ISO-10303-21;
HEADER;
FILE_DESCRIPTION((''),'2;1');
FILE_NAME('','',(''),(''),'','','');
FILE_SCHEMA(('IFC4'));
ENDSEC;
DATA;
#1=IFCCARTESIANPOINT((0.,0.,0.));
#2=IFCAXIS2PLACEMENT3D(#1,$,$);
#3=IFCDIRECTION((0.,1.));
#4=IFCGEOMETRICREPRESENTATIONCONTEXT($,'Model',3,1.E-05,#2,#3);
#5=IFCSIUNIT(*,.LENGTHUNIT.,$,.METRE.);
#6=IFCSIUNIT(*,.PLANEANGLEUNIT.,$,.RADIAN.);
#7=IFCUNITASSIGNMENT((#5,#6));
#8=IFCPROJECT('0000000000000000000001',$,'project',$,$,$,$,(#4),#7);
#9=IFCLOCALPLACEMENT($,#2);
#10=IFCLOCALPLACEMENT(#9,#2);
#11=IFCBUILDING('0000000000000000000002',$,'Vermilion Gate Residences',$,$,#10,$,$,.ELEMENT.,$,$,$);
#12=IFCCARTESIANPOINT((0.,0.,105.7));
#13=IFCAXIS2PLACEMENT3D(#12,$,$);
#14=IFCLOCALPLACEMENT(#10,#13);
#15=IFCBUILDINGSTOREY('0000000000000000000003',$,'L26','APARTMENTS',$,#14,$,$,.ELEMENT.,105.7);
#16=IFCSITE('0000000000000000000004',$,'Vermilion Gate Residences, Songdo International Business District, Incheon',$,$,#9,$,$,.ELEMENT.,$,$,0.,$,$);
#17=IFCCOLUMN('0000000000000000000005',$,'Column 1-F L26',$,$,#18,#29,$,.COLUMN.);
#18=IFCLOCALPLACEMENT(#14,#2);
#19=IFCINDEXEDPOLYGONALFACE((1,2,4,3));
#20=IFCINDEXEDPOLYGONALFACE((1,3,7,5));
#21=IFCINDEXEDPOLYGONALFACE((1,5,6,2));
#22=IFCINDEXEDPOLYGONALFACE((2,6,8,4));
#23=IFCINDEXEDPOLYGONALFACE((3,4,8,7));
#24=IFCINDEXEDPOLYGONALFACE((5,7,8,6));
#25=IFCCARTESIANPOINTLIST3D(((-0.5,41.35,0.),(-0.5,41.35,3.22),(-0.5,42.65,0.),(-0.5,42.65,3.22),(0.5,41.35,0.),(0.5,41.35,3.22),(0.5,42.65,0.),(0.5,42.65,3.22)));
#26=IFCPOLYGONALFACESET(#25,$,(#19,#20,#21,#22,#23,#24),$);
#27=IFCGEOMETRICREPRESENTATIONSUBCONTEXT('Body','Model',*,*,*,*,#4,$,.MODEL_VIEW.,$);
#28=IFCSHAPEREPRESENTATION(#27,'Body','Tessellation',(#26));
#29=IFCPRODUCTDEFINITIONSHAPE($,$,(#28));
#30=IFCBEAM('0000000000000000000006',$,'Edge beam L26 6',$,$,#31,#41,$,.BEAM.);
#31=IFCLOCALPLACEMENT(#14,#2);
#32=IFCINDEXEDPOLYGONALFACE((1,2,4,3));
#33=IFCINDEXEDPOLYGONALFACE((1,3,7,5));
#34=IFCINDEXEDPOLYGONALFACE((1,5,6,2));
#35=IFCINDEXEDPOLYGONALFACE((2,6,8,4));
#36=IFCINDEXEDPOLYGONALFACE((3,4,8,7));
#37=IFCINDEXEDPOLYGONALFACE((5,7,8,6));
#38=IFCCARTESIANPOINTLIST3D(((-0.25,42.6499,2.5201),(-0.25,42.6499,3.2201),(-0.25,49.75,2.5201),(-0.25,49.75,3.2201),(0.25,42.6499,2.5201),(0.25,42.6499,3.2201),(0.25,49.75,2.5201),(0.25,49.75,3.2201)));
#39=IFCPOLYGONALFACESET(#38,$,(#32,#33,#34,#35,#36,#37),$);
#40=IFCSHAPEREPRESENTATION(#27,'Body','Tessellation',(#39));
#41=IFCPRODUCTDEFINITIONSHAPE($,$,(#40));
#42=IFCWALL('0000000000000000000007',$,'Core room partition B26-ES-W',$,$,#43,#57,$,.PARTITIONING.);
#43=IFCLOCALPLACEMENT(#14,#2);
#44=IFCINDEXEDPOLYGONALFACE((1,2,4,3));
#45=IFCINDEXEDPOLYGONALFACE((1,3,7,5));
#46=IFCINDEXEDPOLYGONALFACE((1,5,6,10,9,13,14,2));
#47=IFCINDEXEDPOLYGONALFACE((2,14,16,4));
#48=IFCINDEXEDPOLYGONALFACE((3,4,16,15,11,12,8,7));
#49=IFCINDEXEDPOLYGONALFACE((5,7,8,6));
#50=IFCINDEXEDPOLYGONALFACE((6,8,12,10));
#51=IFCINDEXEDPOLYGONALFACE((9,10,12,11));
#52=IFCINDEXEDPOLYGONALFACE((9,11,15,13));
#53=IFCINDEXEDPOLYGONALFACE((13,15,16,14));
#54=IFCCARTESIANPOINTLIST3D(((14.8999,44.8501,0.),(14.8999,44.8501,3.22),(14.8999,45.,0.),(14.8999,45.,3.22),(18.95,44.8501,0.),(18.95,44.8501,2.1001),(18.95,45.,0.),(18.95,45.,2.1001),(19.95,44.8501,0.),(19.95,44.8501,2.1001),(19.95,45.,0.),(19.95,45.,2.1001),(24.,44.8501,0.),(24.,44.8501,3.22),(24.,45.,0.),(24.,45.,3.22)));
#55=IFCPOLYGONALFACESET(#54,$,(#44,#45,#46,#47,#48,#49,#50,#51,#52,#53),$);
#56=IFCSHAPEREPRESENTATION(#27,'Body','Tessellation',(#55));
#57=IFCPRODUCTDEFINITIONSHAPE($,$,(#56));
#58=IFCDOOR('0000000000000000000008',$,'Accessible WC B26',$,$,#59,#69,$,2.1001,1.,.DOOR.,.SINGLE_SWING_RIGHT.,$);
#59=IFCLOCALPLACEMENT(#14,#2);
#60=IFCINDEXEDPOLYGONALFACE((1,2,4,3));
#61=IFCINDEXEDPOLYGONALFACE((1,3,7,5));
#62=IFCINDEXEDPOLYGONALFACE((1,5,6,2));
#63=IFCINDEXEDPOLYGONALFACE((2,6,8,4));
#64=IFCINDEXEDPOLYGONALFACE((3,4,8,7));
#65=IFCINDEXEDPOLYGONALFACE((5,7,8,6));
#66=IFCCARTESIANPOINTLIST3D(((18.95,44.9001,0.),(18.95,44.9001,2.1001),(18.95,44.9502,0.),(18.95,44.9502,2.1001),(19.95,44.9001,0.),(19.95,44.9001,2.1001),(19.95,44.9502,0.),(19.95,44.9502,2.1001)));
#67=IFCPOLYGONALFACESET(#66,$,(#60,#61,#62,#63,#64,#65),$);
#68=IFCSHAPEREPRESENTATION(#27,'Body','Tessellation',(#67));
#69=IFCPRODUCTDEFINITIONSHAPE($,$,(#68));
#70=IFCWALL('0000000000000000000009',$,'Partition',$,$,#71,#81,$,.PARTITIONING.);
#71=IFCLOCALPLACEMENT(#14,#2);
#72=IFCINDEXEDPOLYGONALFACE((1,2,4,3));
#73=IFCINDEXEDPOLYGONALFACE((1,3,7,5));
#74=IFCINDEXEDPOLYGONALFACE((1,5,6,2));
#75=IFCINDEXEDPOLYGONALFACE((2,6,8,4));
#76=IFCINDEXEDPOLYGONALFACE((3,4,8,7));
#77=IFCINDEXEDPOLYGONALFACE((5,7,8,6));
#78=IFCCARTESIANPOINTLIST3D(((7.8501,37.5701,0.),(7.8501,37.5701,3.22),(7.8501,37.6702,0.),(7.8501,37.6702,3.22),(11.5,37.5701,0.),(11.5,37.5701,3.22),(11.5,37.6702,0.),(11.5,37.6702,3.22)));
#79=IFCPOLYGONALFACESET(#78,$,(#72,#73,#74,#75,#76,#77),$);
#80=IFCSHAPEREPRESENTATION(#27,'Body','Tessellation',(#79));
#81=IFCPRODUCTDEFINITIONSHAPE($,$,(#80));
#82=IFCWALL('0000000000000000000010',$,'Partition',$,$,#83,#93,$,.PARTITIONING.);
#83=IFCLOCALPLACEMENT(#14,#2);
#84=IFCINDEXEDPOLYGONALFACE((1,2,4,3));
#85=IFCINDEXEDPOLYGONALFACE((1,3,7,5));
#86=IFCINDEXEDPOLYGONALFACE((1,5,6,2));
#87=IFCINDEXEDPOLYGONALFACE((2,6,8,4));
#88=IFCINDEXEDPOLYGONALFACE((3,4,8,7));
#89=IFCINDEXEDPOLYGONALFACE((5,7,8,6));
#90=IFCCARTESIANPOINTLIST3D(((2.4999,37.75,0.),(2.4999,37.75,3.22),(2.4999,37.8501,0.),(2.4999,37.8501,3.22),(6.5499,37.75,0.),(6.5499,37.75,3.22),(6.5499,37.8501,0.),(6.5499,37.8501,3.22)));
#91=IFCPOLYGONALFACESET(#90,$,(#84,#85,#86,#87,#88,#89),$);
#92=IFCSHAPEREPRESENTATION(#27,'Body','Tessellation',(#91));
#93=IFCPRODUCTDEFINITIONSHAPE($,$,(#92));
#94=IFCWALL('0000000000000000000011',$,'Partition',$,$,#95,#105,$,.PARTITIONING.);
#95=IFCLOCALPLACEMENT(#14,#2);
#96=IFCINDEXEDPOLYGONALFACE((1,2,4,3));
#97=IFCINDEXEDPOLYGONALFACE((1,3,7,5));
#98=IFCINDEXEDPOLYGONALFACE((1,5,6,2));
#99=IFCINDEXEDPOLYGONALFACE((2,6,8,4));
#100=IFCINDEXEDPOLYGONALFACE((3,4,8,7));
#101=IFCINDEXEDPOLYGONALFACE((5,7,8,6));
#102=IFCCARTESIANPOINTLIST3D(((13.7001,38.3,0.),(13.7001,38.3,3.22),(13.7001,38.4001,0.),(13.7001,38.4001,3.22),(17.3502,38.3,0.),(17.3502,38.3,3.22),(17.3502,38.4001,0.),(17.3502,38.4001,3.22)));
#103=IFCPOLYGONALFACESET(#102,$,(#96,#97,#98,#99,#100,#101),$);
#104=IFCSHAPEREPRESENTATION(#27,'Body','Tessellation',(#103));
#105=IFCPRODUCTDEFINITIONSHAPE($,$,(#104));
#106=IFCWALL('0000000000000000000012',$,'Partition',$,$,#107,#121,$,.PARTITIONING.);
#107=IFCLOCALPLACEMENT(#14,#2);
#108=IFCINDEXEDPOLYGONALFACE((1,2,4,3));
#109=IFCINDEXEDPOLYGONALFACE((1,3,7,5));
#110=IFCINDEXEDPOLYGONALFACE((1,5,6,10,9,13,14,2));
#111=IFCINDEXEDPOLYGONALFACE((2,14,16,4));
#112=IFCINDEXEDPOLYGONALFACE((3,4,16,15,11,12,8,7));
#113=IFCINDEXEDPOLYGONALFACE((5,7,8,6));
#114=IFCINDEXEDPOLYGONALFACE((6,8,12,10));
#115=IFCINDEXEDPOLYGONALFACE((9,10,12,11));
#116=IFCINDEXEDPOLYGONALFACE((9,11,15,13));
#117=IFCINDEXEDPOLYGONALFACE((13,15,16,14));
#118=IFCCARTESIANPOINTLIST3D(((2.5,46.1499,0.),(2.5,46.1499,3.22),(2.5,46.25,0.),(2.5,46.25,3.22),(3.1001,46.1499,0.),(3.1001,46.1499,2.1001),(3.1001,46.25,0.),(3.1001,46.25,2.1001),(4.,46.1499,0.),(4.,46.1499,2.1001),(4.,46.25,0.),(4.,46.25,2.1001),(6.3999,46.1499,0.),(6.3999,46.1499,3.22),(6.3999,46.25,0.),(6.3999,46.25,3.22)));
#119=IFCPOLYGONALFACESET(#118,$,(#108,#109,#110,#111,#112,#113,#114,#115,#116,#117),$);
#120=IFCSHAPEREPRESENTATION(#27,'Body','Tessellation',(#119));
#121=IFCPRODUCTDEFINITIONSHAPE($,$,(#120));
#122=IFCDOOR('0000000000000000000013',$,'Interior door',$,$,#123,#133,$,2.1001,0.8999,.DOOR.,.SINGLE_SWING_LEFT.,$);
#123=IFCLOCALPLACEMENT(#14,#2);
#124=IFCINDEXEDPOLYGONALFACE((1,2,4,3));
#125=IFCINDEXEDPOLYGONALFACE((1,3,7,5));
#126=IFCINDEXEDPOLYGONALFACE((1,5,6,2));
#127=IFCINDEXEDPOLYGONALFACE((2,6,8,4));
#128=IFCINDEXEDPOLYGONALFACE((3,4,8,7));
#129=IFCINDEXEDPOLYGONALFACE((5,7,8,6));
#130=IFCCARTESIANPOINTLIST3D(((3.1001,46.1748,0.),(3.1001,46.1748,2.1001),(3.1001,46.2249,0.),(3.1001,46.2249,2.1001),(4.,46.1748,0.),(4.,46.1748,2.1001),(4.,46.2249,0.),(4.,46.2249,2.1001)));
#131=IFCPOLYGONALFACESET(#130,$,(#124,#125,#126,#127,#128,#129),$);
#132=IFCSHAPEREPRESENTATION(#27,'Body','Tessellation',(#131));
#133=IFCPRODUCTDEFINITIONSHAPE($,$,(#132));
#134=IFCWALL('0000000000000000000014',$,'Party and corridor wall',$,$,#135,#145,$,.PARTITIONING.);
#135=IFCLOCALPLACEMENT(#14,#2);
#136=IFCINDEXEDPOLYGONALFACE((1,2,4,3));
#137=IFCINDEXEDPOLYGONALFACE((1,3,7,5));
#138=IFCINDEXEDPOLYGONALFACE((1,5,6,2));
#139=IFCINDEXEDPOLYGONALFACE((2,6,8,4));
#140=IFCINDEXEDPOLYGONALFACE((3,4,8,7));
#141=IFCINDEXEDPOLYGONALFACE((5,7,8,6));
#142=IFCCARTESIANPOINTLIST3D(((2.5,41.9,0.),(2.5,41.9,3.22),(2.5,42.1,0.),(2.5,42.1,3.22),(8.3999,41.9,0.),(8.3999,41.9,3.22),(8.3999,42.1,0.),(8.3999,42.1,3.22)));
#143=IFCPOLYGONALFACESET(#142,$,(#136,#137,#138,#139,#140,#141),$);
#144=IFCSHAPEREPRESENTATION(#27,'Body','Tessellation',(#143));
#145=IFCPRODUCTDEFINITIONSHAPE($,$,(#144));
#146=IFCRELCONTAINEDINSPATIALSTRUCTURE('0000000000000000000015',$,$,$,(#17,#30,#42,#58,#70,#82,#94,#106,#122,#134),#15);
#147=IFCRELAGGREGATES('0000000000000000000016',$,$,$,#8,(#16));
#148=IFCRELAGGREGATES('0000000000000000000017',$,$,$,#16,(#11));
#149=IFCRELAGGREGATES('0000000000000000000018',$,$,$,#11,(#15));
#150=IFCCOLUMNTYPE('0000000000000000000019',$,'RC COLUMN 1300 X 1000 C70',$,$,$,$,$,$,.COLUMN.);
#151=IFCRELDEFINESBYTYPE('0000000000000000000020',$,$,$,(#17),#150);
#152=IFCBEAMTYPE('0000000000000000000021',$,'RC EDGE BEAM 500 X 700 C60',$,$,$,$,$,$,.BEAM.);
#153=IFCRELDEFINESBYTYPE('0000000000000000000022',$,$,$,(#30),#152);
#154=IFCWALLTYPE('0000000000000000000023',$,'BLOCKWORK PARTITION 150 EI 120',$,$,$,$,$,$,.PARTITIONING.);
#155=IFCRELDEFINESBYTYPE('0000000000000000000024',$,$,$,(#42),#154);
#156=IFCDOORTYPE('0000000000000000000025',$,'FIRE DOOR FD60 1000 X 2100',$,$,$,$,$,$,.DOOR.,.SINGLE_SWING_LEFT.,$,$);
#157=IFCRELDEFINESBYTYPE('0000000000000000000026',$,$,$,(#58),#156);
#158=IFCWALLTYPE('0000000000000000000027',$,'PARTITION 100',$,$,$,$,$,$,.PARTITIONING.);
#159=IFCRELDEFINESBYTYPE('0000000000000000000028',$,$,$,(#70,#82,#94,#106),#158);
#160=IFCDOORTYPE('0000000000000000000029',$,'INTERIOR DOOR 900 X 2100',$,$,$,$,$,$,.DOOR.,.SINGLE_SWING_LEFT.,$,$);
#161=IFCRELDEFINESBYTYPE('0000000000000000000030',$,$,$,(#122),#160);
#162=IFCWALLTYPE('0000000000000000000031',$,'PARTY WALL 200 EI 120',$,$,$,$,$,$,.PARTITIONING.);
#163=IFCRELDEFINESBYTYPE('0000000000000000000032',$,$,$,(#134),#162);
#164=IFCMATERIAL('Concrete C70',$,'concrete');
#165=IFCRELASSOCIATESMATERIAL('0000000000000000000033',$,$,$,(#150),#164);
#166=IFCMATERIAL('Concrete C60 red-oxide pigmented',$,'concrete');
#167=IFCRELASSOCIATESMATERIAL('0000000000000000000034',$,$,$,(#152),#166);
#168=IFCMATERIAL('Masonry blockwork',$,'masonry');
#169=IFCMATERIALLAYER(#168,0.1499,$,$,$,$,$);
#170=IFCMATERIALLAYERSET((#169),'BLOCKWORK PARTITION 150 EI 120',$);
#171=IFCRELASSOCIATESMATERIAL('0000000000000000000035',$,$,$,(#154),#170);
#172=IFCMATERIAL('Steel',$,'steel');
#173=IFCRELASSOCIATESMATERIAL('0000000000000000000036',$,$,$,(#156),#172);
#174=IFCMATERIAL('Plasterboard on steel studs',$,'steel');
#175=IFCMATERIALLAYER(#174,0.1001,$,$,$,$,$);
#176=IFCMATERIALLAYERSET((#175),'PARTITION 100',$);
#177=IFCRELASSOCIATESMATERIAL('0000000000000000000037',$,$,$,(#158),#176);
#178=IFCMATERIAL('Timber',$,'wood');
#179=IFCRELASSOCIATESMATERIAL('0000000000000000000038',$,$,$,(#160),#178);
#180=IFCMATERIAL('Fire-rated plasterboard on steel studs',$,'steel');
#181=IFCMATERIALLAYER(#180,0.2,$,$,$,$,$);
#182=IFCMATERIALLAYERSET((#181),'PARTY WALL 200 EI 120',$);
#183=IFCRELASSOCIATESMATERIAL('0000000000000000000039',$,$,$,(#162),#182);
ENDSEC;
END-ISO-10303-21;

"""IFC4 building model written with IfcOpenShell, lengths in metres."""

from ifc_helpers import new_model, si_unit, direction, frame, frame_2d, origin, origin_2d, place, context, subcontext, project, spatial, rectangle, extrude, material, layer, layer_set, material_profile, profile_set, type_object, element, fill, save


model = new_model("IFC4")

# Units and contexts
model_context = context("Model", 3, precision=1e-05, world=origin(), true_north=direction((0.0, 1.0)))
body_context = subcontext(model_context, "Body", "Model", "MODEL_VIEW")
ifc_project = project(units=[si_unit("LENGTHUNIT", "METRE"), si_unit("PLANEANGLEUNIT", "RADIAN")], contexts=[model_context])

# Site, building, storey
site_placement = place(None, origin())
site = spatial("IfcSite", under=ifc_project, at=site_placement, Name="Vermilion Gate Residences, Songdo International Business District, Incheon", CompositionType="ELEMENT", RefElevation=0.0)
building_placement = place(site_placement, origin())
building = spatial("IfcBuilding", under=site, at=building_placement, Name="Vermilion Gate Residences", CompositionType="ELEMENT")
storey_placement = place(building_placement, frame((0.0, 0.0, 105.7)))
storey = spatial("IfcBuildingStorey", under=building, at=storey_placement, Name="L26", Description="APARTMENTS", CompositionType="ELEMENT", Elevation=105.7)

# Column
ifc_material_1 = material(Name="Concrete C70", Category="concrete")
ifc_material_profile_1 = material_profile(ifc_material_1, rectangle(XDim=1.3, YDim=1.0, at=origin_2d()), Name="RC-1300x1000")
ifc_profile_set_1 = profile_set([ifc_material_profile_1], Name="Concrete C70")
column_type = type_object("IfcColumnType", Name="RC COLUMN 1300 X 1000 C70", PredefinedType="COLUMN", material=ifc_profile_set_1)
column_placement = place(storey_placement, frame((0.0, 42.0, 0.0), z_axis=(0.0, 0.0, 1.0), x_axis=(0.0, 1.0, 0.0)))
element("IfcColumn", 1, at=column_placement, inside=storey, type_object=column_type, Name="Column 1-F L26", PredefinedType="COLUMN", context=body_context, shape_type="SweptSolid", body=[
    extrude(rectangle(XDim=1.3, YDim=1.0, at=origin_2d()), origin(), (0.0, 0.0, 1.0), 3.22),
])

# Beam
ifc_material_2 = material(Name="Concrete C60 red-oxide pigmented", Category="concrete")
ifc_material_profile_2 = material_profile(ifc_material_2, rectangle(XDim=0.5, YDim=0.7, at=origin_2d()), Name="RC-500x700")
ifc_profile_set_2 = profile_set([ifc_material_profile_2], Name="Concrete C60 red-oxide pigmented")
beam_type = type_object("IfcBeamType", Name="RC EDGE BEAM 500 X 700 C60", PredefinedType="BEAM", material=ifc_profile_set_2)
beam_placement = place(storey_placement, frame((0.0, 42.6499, 2.8701), z_axis=(0.0, 1.0, 0.0), x_axis=(-1.0, 0.0, 0.0)))
element("IfcBeam", 2, at=beam_placement, inside=storey, type_object=beam_type, Name="Edge beam L26 6", PredefinedType="BEAM", context=body_context, shape_type="SweptSolid", body=[
    extrude(rectangle(XDim=0.5, YDim=0.7, at=origin_2d()), origin(), (0.0, 0.0, 1.0), 7.1001),
])

# Wall, opening, door
ifc_material_3 = material(Name="Masonry blockwork", Category="masonry")
ifc_layer_1 = layer(ifc_material_3, 0.1499)
ifc_layer_set_1 = layer_set([ifc_layer_1], Name="BLOCKWORK PARTITION 150 EI 120")
wall_type_1 = type_object("IfcWallType", Name="BLOCKWORK PARTITION 150 EI 120", PredefinedType="PARTITIONING", material=ifc_layer_set_1)
wall_1_placement = place(storey_placement, frame((14.8999, 44.925, 0.0), z_axis=(0.0, 0.0, 1.0), x_axis=(1.0, 0.0, 0.0)))
wall_1 = element("IfcWall", 3, at=wall_1_placement, inside=storey, type_object=wall_type_1, Name="Core room partition B26-ES-W", PredefinedType="PARTITIONING", context=body_context, shape_type="SweptSolid", body=[
    extrude(rectangle(XDim=9.1001, YDim=0.1499, at=frame_2d((4.55, 0.0))), origin(), (0.0, 0.0, 1.0), 3.22),
])
opening_1_placement = place(wall_1_placement, frame((4.05, 0.0, 0.0)))
opening_1 = element("IfcOpeningElement", 4, at=opening_1_placement, cuts=wall_1, PredefinedType="OPENING", context=body_context, shape_type="SweptSolid", body=[
    extrude(rectangle(XDim=1.0, YDim=2.1001, at=frame_2d((0.5, 1.05))), frame((0.0, 0.085, 0.0), z_axis=(0.0, -1.0, 0.0), x_axis=(1.0, 0.0, 0.0)), (0.0, 0.0, 1.0), 0.1699),
])
ifc_material_4 = material(Name="Steel", Category="steel")
door_type_1 = type_object("IfcDoorType", Name="FIRE DOOR FD60 1000 X 2100", OperationType="SINGLE_SWING_LEFT", PredefinedType="DOOR", material=ifc_material_4)
door_1_placement = place(opening_1_placement, frame((1.0, 0.0, 0.0), z_axis=(0.0, 0.0, 1.0), x_axis=(-1.0, 0.0, 0.0)))
door_1 = element("IfcDoor", 5, at=door_1_placement, inside=storey, type_object=door_type_1, Name="Accessible WC B26", OperationType="SINGLE_SWING_RIGHT", OverallHeight=2.1001, OverallWidth=1.0, PredefinedType="DOOR", context=body_context, shape_type="SweptSolid", body=[
    extrude(rectangle(XDim=1.0, YDim=2.1001, at=frame_2d((0.5, 1.05))), frame((0.0, 0.0249, 0.0), z_axis=(0.0, -1.0, 0.0), x_axis=(1.0, 0.0, 0.0)), (0.0, 0.0, 1.0), 0.05),
])
fill(opening_1, door_1)

# Walls
ifc_material_5 = material(Name="Plasterboard on steel studs", Category="steel")
ifc_layer_2 = layer(ifc_material_5, 0.1001)
ifc_layer_set_2 = layer_set([ifc_layer_2], Name="PARTITION 100")
wall_type_2 = type_object("IfcWallType", Name="PARTITION 100", PredefinedType="PARTITIONING", material=ifc_layer_set_2)
wall_2_placement = place(storey_placement, frame((7.8501, 37.6201, 0.0), z_axis=(0.0, 0.0, 1.0), x_axis=(1.0, 0.0, 0.0)))
element("IfcWall", 6, at=wall_2_placement, inside=storey, type_object=wall_type_2, Name="Partition", PredefinedType="PARTITIONING", context=body_context, shape_type="SweptSolid", body=[
    extrude(rectangle(XDim=3.6499, YDim=0.1001, at=frame_2d((1.825, 0.0))), origin(), (0.0, 0.0, 1.0), 3.22),
])
wall_3_placement = place(storey_placement, frame((2.5, 37.8, 0.0), z_axis=(0.0, 0.0, 1.0), x_axis=(1.0, 0.0, 0.0)))
element("IfcWall", 7, at=wall_3_placement, inside=storey, type_object=wall_type_2, Name="Partition", PredefinedType="PARTITIONING", context=body_context, shape_type="SweptSolid", body=[
    extrude(rectangle(XDim=4.05, YDim=0.1001, at=frame_2d((2.0249, 0.0))), origin(), (0.0, 0.0, 1.0), 3.22),
])
wall_4_placement = place(storey_placement, frame((13.7, 38.3501, 0.0), z_axis=(0.0, 0.0, 1.0), x_axis=(1.0, 0.0, 0.0)))
element("IfcWall", 8, at=wall_4_placement, inside=storey, type_object=wall_type_2, Name="Partition", PredefinedType="PARTITIONING", context=body_context, shape_type="SweptSolid", body=[
    extrude(rectangle(XDim=3.6501, YDim=0.1001, at=frame_2d((1.8252, 0.0))), origin(), (0.0, 0.0, 1.0), 3.22),
])

# Wall, opening, door
wall_5_placement = place(storey_placement, frame((2.5, 46.2, 0.0), z_axis=(0.0, 0.0, 1.0), x_axis=(1.0, 0.0, 0.0)))
wall_5 = element("IfcWall", 9, at=wall_5_placement, inside=storey, type_object=wall_type_2, Name="Partition", PredefinedType="PARTITIONING", context=body_context, shape_type="SweptSolid", body=[
    extrude(rectangle(XDim=3.8999, YDim=0.1001, at=frame_2d((1.95, 0.0))), origin(), (0.0, 0.0, 1.0), 3.22),
])
opening_2_placement = place(wall_5_placement, frame((0.6001, 0.0, 0.0)))
opening_2 = element("IfcOpeningElement", 10, at=opening_2_placement, cuts=wall_5, PredefinedType="OPENING", context=body_context, shape_type="SweptSolid", body=[
    extrude(rectangle(XDim=0.8999, YDim=2.1001, at=frame_2d((0.45, 1.05))), frame((0.0, 0.0601, 0.0), z_axis=(0.0, -1.0, 0.0), x_axis=(1.0, 0.0, 0.0)), (0.0, 0.0, 1.0), 0.1201),
])
ifc_material_6 = material(Name="Timber", Category="wood")
door_type_2 = type_object("IfcDoorType", Name="INTERIOR DOOR 900 X 2100", OperationType="SINGLE_SWING_LEFT", PredefinedType="DOOR", material=ifc_material_6)
door_2_placement = place(opening_2_placement, origin())
door_2 = element("IfcDoor", 11, at=door_2_placement, inside=storey, type_object=door_type_2, Name="Interior door", OperationType="SINGLE_SWING_LEFT", OverallHeight=2.1001, OverallWidth=0.8999, PredefinedType="DOOR", context=body_context, shape_type="SweptSolid", body=[
    extrude(rectangle(XDim=0.8999, YDim=2.1001, at=frame_2d((0.45, 1.05))), frame((0.0, 0.0249, 0.0), z_axis=(0.0, -1.0, 0.0), x_axis=(1.0, 0.0, 0.0)), (0.0, 0.0, 1.0), 0.05),
])
fill(opening_2, door_2)

# Wall
ifc_material_7 = material(Name="Fire-rated plasterboard on steel studs", Category="steel")
ifc_layer_3 = layer(ifc_material_7, 0.2)
ifc_layer_set_3 = layer_set([ifc_layer_3], Name="PARTY WALL 200 EI 120")
wall_type_3 = type_object("IfcWallType", Name="PARTY WALL 200 EI 120", PredefinedType="PARTITIONING", material=ifc_layer_set_3)
wall_6_placement = place(storey_placement, frame((2.5, 42.0, 0.0), z_axis=(0.0, 0.0, 1.0), x_axis=(1.0, 0.0, 0.0)))
element("IfcWall", 12, at=wall_6_placement, inside=storey, type_object=wall_type_3, Name="Party and corridor wall", PredefinedType="PARTITIONING", context=body_context, shape_type="SweptSolid", body=[
    extrude(rectangle(XDim=5.8999, YDim=0.2, at=frame_2d((2.95, 0.0))), origin(), (0.0, 0.0, 1.0), 3.22),
])

save(model, "model.ifc")
